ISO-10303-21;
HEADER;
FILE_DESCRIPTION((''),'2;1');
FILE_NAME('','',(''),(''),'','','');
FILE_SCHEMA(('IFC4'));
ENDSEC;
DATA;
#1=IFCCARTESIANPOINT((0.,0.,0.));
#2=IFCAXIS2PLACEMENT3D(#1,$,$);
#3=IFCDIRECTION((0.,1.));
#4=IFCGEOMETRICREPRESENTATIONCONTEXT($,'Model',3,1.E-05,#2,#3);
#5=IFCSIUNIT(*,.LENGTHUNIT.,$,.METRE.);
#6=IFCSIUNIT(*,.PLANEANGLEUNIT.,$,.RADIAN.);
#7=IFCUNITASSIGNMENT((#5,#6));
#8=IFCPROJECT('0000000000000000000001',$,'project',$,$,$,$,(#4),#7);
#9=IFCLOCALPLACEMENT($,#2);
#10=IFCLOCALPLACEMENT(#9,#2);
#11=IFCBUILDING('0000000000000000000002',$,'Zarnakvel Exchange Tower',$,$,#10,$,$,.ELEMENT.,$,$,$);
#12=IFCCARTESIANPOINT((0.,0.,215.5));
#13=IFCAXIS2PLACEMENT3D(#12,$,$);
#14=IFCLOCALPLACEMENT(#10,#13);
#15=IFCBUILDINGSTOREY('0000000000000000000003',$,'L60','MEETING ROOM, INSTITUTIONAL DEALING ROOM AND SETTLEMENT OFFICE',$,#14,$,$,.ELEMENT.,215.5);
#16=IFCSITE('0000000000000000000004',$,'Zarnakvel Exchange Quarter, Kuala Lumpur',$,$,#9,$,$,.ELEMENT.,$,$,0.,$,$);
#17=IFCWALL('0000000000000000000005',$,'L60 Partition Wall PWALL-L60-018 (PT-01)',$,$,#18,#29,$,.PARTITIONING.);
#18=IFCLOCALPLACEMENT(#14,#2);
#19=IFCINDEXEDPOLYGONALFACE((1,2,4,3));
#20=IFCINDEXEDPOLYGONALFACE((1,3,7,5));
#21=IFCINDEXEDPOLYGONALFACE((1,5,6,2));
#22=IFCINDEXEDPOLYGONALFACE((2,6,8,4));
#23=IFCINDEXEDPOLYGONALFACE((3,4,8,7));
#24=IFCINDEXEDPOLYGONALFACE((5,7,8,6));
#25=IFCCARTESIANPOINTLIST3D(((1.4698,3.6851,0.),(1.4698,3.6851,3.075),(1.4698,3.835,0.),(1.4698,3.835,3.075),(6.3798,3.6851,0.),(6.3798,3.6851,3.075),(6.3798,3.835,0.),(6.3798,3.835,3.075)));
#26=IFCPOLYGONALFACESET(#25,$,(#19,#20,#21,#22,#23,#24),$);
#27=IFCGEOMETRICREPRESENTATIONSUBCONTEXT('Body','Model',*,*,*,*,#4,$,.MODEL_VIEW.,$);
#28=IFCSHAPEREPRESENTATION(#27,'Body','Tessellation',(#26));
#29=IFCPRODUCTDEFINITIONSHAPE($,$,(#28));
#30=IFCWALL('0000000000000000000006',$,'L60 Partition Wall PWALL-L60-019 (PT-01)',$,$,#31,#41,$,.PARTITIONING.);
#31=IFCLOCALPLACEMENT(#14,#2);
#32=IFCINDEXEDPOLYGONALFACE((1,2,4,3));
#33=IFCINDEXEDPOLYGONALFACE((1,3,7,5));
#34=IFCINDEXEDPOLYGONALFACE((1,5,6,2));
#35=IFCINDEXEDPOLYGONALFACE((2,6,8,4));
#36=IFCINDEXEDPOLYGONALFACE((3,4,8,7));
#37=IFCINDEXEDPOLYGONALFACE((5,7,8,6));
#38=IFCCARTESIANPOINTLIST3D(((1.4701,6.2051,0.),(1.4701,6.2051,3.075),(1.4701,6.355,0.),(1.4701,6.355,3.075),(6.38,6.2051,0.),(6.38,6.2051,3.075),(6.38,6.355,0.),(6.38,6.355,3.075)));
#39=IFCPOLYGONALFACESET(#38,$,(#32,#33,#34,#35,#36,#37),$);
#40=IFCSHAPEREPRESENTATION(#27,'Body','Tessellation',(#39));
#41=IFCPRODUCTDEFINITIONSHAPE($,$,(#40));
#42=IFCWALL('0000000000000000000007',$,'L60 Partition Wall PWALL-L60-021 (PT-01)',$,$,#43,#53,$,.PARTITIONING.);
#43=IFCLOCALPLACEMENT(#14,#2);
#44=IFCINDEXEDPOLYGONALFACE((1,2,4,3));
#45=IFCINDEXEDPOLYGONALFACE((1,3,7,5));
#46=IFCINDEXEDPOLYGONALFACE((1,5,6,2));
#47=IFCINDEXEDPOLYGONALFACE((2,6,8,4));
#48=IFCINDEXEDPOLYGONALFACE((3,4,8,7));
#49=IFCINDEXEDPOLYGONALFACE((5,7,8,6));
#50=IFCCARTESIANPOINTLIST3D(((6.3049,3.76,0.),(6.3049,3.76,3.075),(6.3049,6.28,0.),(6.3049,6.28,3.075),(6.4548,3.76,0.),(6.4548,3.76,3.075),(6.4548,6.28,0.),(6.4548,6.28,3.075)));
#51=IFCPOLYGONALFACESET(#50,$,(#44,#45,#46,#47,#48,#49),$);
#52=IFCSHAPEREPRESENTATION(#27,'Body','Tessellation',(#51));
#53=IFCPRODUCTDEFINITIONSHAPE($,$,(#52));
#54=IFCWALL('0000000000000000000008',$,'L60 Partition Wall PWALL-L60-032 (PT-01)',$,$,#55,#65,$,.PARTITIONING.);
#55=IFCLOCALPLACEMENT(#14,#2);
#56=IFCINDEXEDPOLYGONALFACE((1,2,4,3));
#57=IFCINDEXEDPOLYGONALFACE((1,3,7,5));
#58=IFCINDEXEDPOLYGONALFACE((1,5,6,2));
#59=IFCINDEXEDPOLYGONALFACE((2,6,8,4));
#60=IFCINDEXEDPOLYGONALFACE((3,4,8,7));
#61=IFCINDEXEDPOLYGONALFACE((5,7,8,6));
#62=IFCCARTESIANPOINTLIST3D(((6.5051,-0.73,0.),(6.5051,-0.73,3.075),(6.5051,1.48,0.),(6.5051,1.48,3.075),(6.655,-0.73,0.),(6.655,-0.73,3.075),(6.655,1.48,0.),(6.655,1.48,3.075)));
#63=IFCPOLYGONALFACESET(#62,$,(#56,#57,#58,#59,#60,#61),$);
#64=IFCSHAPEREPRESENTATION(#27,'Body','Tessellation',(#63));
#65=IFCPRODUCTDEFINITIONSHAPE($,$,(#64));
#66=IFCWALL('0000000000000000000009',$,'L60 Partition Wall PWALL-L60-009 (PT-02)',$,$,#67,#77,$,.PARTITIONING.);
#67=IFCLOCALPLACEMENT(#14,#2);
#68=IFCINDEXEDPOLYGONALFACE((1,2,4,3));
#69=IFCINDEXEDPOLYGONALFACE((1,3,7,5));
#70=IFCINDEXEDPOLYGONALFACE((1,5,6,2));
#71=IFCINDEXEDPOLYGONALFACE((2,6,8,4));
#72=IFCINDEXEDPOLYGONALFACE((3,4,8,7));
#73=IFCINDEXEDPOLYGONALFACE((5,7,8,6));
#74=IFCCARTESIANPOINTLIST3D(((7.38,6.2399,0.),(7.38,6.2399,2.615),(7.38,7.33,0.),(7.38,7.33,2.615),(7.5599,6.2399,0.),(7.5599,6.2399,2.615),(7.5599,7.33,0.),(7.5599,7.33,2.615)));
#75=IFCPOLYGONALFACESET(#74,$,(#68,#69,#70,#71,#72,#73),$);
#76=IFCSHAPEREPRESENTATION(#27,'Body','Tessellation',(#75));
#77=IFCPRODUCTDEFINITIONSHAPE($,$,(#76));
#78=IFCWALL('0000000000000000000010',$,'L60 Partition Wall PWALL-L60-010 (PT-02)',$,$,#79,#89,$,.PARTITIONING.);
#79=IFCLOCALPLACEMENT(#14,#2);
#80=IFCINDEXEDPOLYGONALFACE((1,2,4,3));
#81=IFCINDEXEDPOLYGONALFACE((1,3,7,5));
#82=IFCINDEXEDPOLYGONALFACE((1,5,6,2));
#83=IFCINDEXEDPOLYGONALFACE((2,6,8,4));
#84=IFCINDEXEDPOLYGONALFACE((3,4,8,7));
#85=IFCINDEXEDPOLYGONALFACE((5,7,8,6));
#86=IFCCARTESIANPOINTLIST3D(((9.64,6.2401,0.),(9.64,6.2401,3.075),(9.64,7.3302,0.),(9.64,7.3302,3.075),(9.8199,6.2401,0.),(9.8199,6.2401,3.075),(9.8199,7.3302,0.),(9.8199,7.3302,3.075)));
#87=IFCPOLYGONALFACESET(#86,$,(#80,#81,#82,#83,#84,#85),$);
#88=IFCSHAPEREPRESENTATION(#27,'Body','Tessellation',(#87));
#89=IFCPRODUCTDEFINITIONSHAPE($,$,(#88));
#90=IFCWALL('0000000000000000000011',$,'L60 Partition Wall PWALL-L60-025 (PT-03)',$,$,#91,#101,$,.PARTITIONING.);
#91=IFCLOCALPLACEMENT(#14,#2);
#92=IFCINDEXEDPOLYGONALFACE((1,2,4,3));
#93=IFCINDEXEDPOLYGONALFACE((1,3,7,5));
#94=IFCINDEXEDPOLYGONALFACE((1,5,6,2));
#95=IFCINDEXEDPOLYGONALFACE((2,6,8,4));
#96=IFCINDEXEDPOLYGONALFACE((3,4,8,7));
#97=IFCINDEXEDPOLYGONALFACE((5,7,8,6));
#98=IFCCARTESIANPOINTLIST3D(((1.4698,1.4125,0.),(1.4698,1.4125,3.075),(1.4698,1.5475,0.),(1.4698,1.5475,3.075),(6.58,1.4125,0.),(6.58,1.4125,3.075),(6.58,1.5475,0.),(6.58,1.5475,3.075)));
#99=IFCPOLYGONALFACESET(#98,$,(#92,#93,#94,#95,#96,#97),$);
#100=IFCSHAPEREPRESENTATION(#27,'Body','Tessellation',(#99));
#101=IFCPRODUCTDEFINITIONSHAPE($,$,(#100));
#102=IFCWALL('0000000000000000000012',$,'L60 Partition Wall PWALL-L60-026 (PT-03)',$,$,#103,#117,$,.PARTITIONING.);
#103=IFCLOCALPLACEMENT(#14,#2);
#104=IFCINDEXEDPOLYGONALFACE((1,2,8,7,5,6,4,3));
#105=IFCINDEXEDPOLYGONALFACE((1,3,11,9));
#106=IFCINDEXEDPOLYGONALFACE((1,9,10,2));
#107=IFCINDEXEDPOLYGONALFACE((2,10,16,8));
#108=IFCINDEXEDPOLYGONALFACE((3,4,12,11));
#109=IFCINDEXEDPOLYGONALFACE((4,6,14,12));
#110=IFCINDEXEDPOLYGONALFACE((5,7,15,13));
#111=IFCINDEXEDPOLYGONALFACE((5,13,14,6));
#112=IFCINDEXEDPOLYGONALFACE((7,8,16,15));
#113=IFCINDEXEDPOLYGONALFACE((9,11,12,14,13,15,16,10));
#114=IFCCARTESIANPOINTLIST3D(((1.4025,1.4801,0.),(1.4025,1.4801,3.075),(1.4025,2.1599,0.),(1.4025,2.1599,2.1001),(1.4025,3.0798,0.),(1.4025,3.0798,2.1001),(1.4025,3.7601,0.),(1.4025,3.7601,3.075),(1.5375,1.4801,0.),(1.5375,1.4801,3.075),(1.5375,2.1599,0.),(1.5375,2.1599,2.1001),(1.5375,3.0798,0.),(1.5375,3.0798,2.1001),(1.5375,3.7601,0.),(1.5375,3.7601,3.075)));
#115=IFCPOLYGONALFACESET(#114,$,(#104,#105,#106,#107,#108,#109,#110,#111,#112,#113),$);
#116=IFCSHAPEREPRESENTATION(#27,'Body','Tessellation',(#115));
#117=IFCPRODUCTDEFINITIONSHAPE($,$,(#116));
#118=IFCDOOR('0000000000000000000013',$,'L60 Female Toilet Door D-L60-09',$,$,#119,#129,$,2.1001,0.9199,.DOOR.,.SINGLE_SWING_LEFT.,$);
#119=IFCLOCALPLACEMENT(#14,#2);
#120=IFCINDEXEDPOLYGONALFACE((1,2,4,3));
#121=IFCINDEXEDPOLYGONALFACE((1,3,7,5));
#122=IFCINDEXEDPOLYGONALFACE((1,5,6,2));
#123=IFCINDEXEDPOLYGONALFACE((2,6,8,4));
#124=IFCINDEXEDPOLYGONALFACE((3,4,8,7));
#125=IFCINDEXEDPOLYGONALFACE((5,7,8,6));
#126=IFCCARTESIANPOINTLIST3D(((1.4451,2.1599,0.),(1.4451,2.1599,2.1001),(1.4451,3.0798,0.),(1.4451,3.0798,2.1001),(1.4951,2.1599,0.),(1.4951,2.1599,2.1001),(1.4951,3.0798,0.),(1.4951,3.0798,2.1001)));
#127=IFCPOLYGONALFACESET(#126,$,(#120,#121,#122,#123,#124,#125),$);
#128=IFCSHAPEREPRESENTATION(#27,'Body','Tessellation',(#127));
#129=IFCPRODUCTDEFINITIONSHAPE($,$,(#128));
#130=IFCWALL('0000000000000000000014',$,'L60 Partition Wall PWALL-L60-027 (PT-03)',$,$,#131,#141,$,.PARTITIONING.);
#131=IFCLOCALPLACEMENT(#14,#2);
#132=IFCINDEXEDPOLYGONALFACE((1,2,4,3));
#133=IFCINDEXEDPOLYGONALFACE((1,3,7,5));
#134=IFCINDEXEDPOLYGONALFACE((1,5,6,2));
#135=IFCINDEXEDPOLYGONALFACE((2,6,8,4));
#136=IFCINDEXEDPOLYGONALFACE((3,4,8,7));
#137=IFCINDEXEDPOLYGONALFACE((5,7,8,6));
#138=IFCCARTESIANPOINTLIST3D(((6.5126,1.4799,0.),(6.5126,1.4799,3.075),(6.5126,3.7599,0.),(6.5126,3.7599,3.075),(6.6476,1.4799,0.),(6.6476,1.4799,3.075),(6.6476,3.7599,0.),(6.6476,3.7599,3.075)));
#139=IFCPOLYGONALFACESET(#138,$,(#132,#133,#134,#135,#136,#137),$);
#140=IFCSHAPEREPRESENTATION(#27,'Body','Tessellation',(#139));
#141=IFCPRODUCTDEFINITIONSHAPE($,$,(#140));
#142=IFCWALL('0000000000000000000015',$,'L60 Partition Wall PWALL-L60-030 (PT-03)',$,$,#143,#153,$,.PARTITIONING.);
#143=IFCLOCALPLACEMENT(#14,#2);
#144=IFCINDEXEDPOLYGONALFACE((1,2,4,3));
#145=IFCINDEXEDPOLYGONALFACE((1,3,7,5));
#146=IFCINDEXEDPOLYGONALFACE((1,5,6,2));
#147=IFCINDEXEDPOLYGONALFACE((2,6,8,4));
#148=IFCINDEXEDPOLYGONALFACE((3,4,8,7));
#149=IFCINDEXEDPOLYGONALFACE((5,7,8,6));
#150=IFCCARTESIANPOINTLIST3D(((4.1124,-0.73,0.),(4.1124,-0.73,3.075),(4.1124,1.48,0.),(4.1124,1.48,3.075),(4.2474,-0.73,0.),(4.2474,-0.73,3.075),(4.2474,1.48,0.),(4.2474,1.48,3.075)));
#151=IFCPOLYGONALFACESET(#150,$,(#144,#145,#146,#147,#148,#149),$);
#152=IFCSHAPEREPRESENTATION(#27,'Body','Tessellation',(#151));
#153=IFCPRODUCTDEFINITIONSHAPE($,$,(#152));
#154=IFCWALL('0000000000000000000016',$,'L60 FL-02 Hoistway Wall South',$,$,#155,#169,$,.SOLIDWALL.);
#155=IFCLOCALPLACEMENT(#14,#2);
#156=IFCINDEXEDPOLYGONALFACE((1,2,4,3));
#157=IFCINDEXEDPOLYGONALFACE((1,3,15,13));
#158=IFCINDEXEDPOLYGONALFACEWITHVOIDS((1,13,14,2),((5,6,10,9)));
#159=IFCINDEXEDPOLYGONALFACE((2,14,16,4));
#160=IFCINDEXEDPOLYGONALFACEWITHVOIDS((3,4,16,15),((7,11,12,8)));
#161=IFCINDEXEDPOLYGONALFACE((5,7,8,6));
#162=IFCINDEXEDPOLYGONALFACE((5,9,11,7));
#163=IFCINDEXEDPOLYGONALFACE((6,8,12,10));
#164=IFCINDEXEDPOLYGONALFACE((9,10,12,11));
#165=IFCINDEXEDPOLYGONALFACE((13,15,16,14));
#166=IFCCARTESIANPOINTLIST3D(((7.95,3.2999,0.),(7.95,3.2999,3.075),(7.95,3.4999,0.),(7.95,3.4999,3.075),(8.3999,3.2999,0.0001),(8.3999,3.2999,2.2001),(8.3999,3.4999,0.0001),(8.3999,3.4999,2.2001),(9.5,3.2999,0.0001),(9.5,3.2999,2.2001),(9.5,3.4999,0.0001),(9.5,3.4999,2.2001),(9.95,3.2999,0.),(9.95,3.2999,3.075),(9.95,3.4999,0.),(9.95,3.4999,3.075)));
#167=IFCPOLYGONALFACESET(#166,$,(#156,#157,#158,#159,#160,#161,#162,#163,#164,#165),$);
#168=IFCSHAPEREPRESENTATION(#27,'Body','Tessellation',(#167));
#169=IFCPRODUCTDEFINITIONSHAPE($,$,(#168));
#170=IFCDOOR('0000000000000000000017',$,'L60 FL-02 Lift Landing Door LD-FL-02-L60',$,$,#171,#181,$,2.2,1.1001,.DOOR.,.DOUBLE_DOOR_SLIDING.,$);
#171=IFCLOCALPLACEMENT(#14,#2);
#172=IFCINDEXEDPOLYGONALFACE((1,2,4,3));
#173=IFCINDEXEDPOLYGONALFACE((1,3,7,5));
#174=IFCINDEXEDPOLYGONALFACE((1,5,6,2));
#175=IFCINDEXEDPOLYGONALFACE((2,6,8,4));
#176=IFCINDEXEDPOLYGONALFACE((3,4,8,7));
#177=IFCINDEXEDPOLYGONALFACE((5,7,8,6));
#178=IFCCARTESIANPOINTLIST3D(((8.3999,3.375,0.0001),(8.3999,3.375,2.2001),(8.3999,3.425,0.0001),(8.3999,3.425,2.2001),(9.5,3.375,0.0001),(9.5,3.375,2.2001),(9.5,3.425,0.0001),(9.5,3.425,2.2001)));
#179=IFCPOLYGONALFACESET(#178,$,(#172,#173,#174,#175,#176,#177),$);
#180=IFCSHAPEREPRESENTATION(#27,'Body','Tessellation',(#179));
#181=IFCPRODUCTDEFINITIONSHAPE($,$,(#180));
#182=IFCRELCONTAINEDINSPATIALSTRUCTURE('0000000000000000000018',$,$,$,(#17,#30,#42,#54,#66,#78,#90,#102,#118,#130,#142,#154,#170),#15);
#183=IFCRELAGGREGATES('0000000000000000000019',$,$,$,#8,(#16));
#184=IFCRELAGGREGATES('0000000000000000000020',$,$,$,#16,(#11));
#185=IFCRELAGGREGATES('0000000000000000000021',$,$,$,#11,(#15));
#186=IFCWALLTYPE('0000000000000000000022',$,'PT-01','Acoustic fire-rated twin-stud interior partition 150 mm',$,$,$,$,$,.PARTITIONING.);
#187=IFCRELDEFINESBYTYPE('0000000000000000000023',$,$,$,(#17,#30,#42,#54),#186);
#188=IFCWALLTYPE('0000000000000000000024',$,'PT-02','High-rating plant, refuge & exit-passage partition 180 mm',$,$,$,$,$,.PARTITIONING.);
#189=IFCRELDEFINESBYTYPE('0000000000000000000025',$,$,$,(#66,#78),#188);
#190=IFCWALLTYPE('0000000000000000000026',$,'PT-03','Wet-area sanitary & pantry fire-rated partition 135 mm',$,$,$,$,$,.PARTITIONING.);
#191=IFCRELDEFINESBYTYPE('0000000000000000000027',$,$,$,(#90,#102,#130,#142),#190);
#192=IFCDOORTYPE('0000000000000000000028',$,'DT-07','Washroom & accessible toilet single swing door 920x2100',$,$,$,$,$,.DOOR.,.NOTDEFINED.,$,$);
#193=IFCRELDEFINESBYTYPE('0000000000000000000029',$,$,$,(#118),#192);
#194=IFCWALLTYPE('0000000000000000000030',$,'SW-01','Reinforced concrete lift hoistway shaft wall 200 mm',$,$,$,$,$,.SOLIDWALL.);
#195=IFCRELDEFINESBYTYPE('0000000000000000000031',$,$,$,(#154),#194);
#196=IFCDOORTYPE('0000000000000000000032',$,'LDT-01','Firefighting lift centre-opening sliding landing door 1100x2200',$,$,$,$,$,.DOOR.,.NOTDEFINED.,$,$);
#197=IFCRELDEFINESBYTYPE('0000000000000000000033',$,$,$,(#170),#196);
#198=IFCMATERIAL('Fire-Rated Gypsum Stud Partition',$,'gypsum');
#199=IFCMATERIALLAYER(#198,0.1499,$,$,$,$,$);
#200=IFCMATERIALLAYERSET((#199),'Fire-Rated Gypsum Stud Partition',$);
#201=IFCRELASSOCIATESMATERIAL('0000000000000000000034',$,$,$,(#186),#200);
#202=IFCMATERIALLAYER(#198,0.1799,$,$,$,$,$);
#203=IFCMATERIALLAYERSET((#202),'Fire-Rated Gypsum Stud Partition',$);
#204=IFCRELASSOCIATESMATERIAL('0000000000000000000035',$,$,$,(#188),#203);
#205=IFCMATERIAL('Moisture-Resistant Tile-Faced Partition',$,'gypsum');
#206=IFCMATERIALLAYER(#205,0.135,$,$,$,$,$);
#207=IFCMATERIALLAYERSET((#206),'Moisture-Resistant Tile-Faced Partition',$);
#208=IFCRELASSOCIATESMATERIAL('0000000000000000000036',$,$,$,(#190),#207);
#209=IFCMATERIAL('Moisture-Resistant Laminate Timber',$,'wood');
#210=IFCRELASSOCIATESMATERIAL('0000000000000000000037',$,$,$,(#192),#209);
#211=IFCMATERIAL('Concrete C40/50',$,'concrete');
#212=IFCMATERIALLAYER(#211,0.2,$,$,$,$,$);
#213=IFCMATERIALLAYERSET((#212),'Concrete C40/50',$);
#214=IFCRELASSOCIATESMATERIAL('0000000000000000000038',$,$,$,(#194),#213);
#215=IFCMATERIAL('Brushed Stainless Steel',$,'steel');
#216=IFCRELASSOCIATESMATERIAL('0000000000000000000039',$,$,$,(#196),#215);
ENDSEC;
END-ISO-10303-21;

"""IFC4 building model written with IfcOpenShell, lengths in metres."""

from ifc_helpers import new_model, si_unit, direction, frame, frame_2d, origin, place, context, subcontext, project, spatial, rectangle, extrude, source, transform, mapped, material, layer, layer_set, type_object, element, fill, save


model = new_model("IFC4")

# Units and contexts
model_context = context("Model", 3, precision=1e-05, world=origin(), true_north=direction((0.0, 1.0)))
body_context = subcontext(model_context, "Body", "Model", "MODEL_VIEW")
ifc_project = project(units=[si_unit("LENGTHUNIT", "METRE"), si_unit("PLANEANGLEUNIT", "RADIAN")], contexts=[model_context])

# Site, building, storey
site_placement = place(None, origin())
site = spatial("IfcSite", under=ifc_project, at=site_placement, Name="Zarnakvel Exchange Quarter, Kuala Lumpur", CompositionType="ELEMENT", RefElevation=0.0)
building_placement = place(site_placement, origin())
building = spatial("IfcBuilding", under=site, at=building_placement, Name="Zarnakvel Exchange Tower", CompositionType="ELEMENT")
storey_placement = place(building_placement, frame((0.0, 0.0, 215.5)))
storey = spatial("IfcBuildingStorey", under=building, at=storey_placement, Name="L60", Description="MEETING ROOM, INSTITUTIONAL DEALING ROOM AND SETTLEMENT OFFICE", CompositionType="ELEMENT", Elevation=215.5)

# Walls
ifc_material_1 = material(Name="Fire-Rated Gypsum Stud Partition", Category="gypsum")
ifc_layer_1 = layer(ifc_material_1, 0.1499)
ifc_layer_set_1 = layer_set([ifc_layer_1], Name="Fire-Rated Gypsum Stud Partition")
wall_type_1 = type_object("IfcWallType", Name="PT-01", Description="Acoustic fire-rated twin-stud interior partition 150 mm", PredefinedType="PARTITIONING", material=ifc_layer_set_1)
for number, where, z_axis, x_axis, name in (
    (1, (6.3799, 3.76, 0.0), (0.0, 0.0, 1.0), (-1.0, 0.0, 0.0), "L60 Partition Wall PWALL-L60-018 (PT-01)"),
    (2, (1.47, 6.28, 0.0), (0.0, 0.0, 1.0), (1.0, 0.0, 0.0), "L60 Partition Wall PWALL-L60-019 (PT-01)"),
):
    element("IfcWall", number, at=place(storey_placement, frame(where, z_axis=z_axis, x_axis=x_axis)), inside=storey, type_object=wall_type_1, Name=name, PredefinedType="PARTITIONING", context=body_context, shape_type="SweptSolid", body=[
        extrude(rectangle(XDim=4.9099, YDim=0.1499, at=frame_2d((2.4551, 0.0))), origin(), (0.0, 0.0, 1.0), 3.075),
    ])

# Walls
wall_1_placement = place(storey_placement, frame((6.3799, 6.28, 0.0), z_axis=(0.0, 0.0, 1.0), x_axis=(0.0, -1.0, 0.0)))
element("IfcWall", 3, at=wall_1_placement, inside=storey, type_object=wall_type_1, Name="L60 Partition Wall PWALL-L60-021 (PT-01)", PredefinedType="PARTITIONING", context=body_context, shape_type="SweptSolid", body=[
    extrude(rectangle(XDim=2.52, YDim=0.1499, at=frame_2d((1.26, 0.0))), origin(), (0.0, 0.0, 1.0), 3.075),
])
wall_2_placement = place(storey_placement, frame((6.5801, 1.48, 0.0), z_axis=(0.0, 0.0, 1.0), x_axis=(0.0, -1.0, 0.0)))
element("IfcWall", 4, at=wall_2_placement, inside=storey, type_object=wall_type_1, Name="L60 Partition Wall PWALL-L60-032 (PT-01)", PredefinedType="PARTITIONING", context=body_context, shape_type="SweptSolid", body=[
    extrude(rectangle(XDim=2.21, YDim=0.1499, at=frame_2d((1.105, 0.0))), origin(), (0.0, 0.0, 1.0), 3.075),
])
ifc_layer_2 = layer(ifc_material_1, 0.1799)
ifc_layer_set_2 = layer_set([ifc_layer_2], Name="Fire-Rated Gypsum Stud Partition")
wall_type_2 = type_object("IfcWallType", Name="PT-02", Description="High-rating plant, refuge & exit-passage partition 180 mm", PredefinedType="PARTITIONING", material=ifc_layer_set_2)
wall_3_placement = place(storey_placement, frame((7.47, 6.24, 0.0), z_axis=(0.0, 0.0, 1.0), x_axis=(0.0, 1.0, 0.0)))
element("IfcWall", 5, at=wall_3_placement, inside=storey, type_object=wall_type_2, Name="L60 Partition Wall PWALL-L60-009 (PT-02)", PredefinedType="PARTITIONING", context=body_context, shape_type="SweptSolid", body=[
    extrude(rectangle(XDim=1.0901, YDim=0.1799, at=frame_2d((0.5449, 0.0))), origin(), (0.0, 0.0, 1.0), 2.615),
])
wall_4_placement = place(storey_placement, frame((9.73, 7.3301, 0.0), z_axis=(0.0, 0.0, 1.0), x_axis=(0.0, -1.0, 0.0)))
element("IfcWall", 6, at=wall_4_placement, inside=storey, type_object=wall_type_2, Name="L60 Partition Wall PWALL-L60-010 (PT-02)", PredefinedType="PARTITIONING", context=body_context, shape_type="SweptSolid", body=[
    extrude(rectangle(XDim=1.0901, YDim=0.1799, at=frame_2d((0.5449, 0.0))), origin(), (0.0, 0.0, 1.0), 3.075),
])
ifc_material_2 = material(Name="Moisture-Resistant Tile-Faced Partition", Category="gypsum")
ifc_layer_3 = layer(ifc_material_2, 0.135)
ifc_layer_set_3 = layer_set([ifc_layer_3], Name="Moisture-Resistant Tile-Faced Partition")
wall_type_3 = type_object("IfcWallType", Name="PT-03", Description="Wet-area sanitary & pantry fire-rated partition 135 mm", PredefinedType="PARTITIONING", material=ifc_layer_set_3)
wall_5_placement = place(storey_placement, frame((6.5801, 1.48, 0.0), z_axis=(0.0, 0.0, 1.0), x_axis=(-1.0, 0.0, 0.0)))
element("IfcWall", 7, at=wall_5_placement, inside=storey, type_object=wall_type_3, Name="L60 Partition Wall PWALL-L60-025 (PT-03)", PredefinedType="PARTITIONING", context=body_context, shape_type="SweptSolid", body=[
    extrude(rectangle(XDim=5.1101, YDim=0.135, at=frame_2d((2.5552, 0.0))), origin(), (0.0, 0.0, 1.0), 3.075),
])

# Wall, opening, door
wall_6_placement = place(storey_placement, frame((1.47, 1.48, 0.0), z_axis=(0.0, 0.0, 1.0), x_axis=(0.0, 1.0, 0.0)))
wall_6 = element("IfcWall", 8, at=wall_6_placement, inside=storey, type_object=wall_type_3, Name="L60 Partition Wall PWALL-L60-026 (PT-03)", PredefinedType="PARTITIONING", context=body_context, shape_type="SweptSolid", body=[
    extrude(rectangle(XDim=2.28, YDim=0.135, at=frame_2d((1.1401, 0.0))), origin(), (0.0, 0.0, 1.0), 3.075),
])
opening_1_placement = place(wall_6_placement, frame((0.6799, 0.0, 0.0)))
opening_1 = element("IfcOpeningElement", 9, at=opening_1_placement, cuts=wall_6, PredefinedType="OPENING", context=body_context, shape_type="SweptSolid", body=[
    extrude(rectangle(XDim=0.9199, YDim=2.1001, at=frame_2d((0.46, 1.05))), frame((0.0, 0.0774, 0.0), z_axis=(0.0, -1.0, 0.0), x_axis=(1.0, 0.0, 0.0)), (0.0, 0.0, 1.0), 0.155),
])
ifc_material_3 = material(Name="Moisture-Resistant Laminate Timber", Category="wood")
door_type_1 = type_object("IfcDoorType", Name="DT-07", Description="Washroom & accessible toilet single swing door 920x2100", OperationType="NOTDEFINED", PredefinedType="DOOR", material=ifc_material_3)
shared_shape_1 = source(origin(), body_context, "Body", "SweptSolid", [
    extrude(rectangle(XDim=0.9199, YDim=2.1001, at=frame_2d((0.46, 1.05))), frame((0.0, 0.0249, 0.0), z_axis=(0.0, -1.0, 0.0), x_axis=(1.0, 0.0, 0.0)), (0.0, 0.0, 1.0), 0.05),
])
door_1_placement = place(opening_1_placement, origin())
door_1 = element("IfcDoor", 10, at=door_1_placement, inside=storey, type_object=door_type_1, Name="L60 Female Toilet Door D-L60-09", OperationType="SINGLE_SWING_LEFT", OverallHeight=2.1001, OverallWidth=0.9199, PredefinedType="DOOR", context=body_context, shape_type="MappedRepresentation", body=[
    mapped(shared_shape_1, transform((0.0, 0.0, 0.0), x_axis=(1.0, 0.0, 0.0), y_axis=(0.0, 1.0, 0.0), z_axis=(0.0, 0.0, 1.0), scale=1.0)),
])
fill(opening_1, door_1)

# Walls
wall_7_placement = place(storey_placement, frame((6.5801, 3.76, 0.0), z_axis=(0.0, 0.0, 1.0), x_axis=(0.0, -1.0, 0.0)))
element("IfcWall", 11, at=wall_7_placement, inside=storey, type_object=wall_type_3, Name="L60 Partition Wall PWALL-L60-027 (PT-03)", PredefinedType="PARTITIONING", context=body_context, shape_type="SweptSolid", body=[
    extrude(rectangle(XDim=2.28, YDim=0.135, at=frame_2d((1.1401, 0.0))), origin(), (0.0, 0.0, 1.0), 3.075),
])
wall_8_placement = place(storey_placement, frame((4.1799, 1.48, 0.0), z_axis=(0.0, 0.0, 1.0), x_axis=(0.0, -1.0, 0.0)))
element("IfcWall", 12, at=wall_8_placement, inside=storey, type_object=wall_type_3, Name="L60 Partition Wall PWALL-L60-030 (PT-03)", PredefinedType="PARTITIONING", context=body_context, shape_type="SweptSolid", body=[
    extrude(rectangle(XDim=2.21, YDim=0.135, at=frame_2d((1.105, 0.0))), origin(), (0.0, 0.0, 1.0), 3.075),
])

# Wall, opening, door
ifc_material_4 = material(Name="Concrete C40/50", Category="concrete")
ifc_layer_4 = layer(ifc_material_4, 0.2)
ifc_layer_set_4 = layer_set([ifc_layer_4], Name="Concrete C40/50")
wall_type_4 = type_object("IfcWallType", Name="SW-01", Description="Reinforced concrete lift hoistway shaft wall 200 mm", PredefinedType="SOLIDWALL", material=ifc_layer_set_4)
wall_9_placement = place(storey_placement, frame((9.95, 3.3999, 0.0), z_axis=(0.0, 0.0, 1.0), x_axis=(-1.0, 0.0, 0.0)))
wall_9 = element("IfcWall", 13, at=wall_9_placement, inside=storey, type_object=wall_type_4, Name="L60 FL-02 Hoistway Wall South", PredefinedType="SOLIDWALL", context=body_context, shape_type="SweptSolid", body=[
    extrude(rectangle(XDim=2.0, YDim=0.2, at=frame_2d((1.0, 0.0))), origin(), (0.0, 0.0, 1.0), 3.075),
])
opening_2_placement = place(wall_9_placement, frame((0.45, 0.0, 0.0)))
opening_2 = element("IfcOpeningElement", 14, at=opening_2_placement, cuts=wall_9, PredefinedType="OPENING", context=body_context, shape_type="SweptSolid", body=[
    extrude(rectangle(XDim=1.1001, YDim=2.2, at=frame_2d((0.55, 1.1001))), frame((0.0, 0.1099, 0.0), z_axis=(0.0, -1.0, 0.0), x_axis=(1.0, 0.0, 0.0)), (0.0, 0.0, 1.0), 0.22),
])
ifc_material_5 = material(Name="Brushed Stainless Steel", Category="steel")
door_type_2 = type_object("IfcDoorType", Name="LDT-01", Description="Firefighting lift centre-opening sliding landing door 1100x2200", OperationType="NOTDEFINED", PredefinedType="DOOR", material=ifc_material_5)
shared_shape_2 = source(origin(), body_context, "Body", "SweptSolid", [
    extrude(rectangle(XDim=1.1001, YDim=2.2, at=frame_2d((0.55, 1.1001))), frame((0.0, 0.0249, 0.0), z_axis=(0.0, -1.0, 0.0), x_axis=(1.0, 0.0, 0.0)), (0.0, 0.0, 1.0), 0.05),
])
door_2_placement = place(opening_2_placement, origin())
door_2 = element("IfcDoor", 15, at=door_2_placement, inside=storey, type_object=door_type_2, Name="L60 FL-02 Lift Landing Door LD-FL-02-L60", OperationType="DOUBLE_DOOR_SLIDING", OverallHeight=2.2, OverallWidth=1.1001, PredefinedType="DOOR", context=body_context, shape_type="MappedRepresentation", body=[
    mapped(shared_shape_2, transform((0.0, 0.0, 0.0), x_axis=(1.0, 0.0, 0.0), y_axis=(0.0, 1.0, 0.0), z_axis=(0.0, 0.0, 1.0), scale=1.0)),
])
fill(opening_2, door_2)

save(model, "model.ifc")
